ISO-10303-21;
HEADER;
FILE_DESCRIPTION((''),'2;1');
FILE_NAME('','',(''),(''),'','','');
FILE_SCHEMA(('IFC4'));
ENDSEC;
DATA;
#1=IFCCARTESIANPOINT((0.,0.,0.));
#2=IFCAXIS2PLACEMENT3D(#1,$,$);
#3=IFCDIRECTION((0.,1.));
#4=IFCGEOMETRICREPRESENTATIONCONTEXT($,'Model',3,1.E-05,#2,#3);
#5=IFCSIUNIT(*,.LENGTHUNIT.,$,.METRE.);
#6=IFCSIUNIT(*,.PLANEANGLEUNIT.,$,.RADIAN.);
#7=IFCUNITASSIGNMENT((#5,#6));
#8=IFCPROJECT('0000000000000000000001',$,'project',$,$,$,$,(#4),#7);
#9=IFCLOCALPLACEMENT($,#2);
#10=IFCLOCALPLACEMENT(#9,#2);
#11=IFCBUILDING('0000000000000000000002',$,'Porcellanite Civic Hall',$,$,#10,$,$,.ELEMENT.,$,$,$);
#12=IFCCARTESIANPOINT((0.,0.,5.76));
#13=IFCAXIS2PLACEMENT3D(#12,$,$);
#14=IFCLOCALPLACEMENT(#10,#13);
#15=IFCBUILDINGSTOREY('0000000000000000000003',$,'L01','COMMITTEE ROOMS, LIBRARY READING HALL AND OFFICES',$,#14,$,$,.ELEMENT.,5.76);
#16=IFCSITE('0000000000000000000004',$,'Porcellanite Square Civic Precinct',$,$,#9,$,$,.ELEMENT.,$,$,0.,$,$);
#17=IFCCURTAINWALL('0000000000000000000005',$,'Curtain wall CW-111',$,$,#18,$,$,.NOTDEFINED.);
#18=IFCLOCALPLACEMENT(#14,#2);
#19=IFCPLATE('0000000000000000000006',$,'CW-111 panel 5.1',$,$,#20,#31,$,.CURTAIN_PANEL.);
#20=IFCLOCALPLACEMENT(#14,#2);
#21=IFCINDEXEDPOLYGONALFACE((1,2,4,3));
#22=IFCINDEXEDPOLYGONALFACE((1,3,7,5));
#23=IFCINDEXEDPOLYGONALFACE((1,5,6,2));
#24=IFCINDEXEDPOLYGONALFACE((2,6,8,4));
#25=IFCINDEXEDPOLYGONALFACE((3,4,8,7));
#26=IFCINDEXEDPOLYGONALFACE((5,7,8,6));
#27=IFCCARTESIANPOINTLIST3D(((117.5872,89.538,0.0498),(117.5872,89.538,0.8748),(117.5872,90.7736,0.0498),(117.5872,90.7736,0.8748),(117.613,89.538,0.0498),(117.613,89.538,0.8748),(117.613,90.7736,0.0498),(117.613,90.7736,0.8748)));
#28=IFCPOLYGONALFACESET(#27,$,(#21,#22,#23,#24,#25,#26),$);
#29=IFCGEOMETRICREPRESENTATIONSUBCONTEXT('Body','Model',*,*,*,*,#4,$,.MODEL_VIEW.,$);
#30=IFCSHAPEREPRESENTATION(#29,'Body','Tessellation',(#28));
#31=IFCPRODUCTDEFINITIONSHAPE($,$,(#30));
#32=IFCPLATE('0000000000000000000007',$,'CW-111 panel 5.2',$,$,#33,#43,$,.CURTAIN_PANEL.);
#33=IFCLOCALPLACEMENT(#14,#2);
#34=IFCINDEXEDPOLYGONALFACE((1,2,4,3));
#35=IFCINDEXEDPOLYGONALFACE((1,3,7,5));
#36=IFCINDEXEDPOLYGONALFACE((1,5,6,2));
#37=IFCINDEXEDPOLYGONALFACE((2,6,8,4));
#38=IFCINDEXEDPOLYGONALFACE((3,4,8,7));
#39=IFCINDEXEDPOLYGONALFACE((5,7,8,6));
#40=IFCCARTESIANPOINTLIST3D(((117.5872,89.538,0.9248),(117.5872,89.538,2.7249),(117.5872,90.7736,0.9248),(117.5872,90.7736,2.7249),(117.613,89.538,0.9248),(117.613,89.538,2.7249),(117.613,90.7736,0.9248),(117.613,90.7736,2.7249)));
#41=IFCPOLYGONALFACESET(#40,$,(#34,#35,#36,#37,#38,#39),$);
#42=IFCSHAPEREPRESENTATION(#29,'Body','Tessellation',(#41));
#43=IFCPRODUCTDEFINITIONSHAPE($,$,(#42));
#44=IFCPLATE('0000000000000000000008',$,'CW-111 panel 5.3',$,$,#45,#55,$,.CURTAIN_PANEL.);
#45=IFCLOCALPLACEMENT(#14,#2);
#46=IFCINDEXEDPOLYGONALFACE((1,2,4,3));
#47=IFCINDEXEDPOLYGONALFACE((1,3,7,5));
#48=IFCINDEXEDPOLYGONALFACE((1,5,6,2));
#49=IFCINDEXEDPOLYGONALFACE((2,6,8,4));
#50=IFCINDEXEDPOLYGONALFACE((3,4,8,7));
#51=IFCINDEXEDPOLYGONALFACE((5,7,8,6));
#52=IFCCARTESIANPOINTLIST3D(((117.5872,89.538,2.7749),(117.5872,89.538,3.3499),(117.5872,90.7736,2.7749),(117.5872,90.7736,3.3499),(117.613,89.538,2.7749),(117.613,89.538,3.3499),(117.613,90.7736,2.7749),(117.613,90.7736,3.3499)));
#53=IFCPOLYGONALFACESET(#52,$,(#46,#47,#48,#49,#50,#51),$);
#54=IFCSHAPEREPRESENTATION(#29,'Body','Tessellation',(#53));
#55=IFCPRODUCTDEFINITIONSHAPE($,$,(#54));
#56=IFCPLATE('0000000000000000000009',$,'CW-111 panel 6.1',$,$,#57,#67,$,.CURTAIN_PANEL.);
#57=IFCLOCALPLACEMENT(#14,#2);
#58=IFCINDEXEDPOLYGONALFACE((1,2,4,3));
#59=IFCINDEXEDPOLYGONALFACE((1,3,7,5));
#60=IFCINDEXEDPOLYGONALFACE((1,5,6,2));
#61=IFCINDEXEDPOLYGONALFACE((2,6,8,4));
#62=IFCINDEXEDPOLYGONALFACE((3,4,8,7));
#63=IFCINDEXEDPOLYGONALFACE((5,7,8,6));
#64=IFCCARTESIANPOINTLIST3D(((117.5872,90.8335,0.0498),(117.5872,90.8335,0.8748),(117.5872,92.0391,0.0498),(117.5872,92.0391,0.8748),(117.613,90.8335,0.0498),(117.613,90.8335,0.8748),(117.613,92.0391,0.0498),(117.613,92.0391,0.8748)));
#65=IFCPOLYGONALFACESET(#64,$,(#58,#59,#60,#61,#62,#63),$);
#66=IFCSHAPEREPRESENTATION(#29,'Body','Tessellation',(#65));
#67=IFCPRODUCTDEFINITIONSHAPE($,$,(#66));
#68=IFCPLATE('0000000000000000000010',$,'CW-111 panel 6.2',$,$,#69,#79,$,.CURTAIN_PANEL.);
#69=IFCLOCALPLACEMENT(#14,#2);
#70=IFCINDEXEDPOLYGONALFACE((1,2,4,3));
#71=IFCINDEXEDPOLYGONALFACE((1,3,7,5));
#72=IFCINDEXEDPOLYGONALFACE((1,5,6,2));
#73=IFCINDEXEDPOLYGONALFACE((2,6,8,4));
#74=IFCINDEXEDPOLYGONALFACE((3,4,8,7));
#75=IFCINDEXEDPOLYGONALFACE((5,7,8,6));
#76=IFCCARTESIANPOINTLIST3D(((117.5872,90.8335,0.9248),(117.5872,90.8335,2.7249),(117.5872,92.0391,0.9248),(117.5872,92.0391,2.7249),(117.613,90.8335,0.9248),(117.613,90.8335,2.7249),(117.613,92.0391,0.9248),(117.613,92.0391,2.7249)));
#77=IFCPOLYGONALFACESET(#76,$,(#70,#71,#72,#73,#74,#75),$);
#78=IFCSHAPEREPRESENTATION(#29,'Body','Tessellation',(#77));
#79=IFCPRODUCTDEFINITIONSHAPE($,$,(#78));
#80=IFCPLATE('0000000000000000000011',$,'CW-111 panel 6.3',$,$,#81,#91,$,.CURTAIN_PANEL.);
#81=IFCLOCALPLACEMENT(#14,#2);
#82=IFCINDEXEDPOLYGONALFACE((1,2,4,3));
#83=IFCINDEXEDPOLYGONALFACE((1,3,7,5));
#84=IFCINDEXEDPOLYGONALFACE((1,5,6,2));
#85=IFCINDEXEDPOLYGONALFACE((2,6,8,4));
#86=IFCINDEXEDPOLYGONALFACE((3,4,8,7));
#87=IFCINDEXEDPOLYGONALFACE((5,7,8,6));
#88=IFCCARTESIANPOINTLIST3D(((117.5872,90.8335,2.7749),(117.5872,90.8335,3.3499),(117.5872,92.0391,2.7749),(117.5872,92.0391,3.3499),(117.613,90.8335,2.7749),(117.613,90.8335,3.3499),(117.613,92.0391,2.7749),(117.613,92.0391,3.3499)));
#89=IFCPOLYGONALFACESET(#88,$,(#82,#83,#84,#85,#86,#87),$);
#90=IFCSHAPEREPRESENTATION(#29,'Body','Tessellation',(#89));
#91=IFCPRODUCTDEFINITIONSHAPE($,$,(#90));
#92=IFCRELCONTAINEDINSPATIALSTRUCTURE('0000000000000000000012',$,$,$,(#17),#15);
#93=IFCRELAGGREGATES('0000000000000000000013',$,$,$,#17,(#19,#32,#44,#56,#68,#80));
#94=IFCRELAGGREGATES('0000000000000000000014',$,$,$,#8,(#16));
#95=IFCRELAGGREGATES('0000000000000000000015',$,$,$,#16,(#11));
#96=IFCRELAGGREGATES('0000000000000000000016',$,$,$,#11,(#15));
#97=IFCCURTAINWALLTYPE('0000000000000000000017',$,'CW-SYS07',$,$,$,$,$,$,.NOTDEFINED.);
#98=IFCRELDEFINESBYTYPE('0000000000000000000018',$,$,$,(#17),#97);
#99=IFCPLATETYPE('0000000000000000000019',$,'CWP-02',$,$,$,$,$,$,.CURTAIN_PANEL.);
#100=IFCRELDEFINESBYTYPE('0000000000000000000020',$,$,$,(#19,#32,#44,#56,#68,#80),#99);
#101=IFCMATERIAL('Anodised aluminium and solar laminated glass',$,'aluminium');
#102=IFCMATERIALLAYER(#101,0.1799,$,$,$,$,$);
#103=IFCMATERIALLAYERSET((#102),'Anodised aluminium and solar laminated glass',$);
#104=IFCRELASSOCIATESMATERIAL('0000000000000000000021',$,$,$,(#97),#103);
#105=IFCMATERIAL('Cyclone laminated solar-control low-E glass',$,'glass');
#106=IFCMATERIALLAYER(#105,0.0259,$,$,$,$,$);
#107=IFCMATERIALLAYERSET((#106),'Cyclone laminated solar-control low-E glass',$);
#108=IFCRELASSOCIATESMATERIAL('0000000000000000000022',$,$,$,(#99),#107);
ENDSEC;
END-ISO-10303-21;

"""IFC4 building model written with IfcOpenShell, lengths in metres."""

from ifc_helpers import new_model, si_unit, direction, frame, origin, origin_2d, place, context, subcontext, project, spatial, rectangle, extrude, material, layer, layer_set, type_object, element, aggregate, save


model = new_model("IFC4")

# Units and contexts
model_context = context("Model", 3, precision=1e-05, world=origin(), true_north=direction((0.0, 1.0)))
body_context = subcontext(model_context, "Body", "Model", "MODEL_VIEW")
ifc_project = project(units=[si_unit("LENGTHUNIT", "METRE"), si_unit("PLANEANGLEUNIT", "RADIAN")], contexts=[model_context])

# Site, building, storey
site_placement = place(None, origin())
site = spatial("IfcSite", under=ifc_project, at=site_placement, Name="Porcellanite Square Civic Precinct", CompositionType="ELEMENT", RefElevation=0.0)
building_placement = place(site_placement, origin())
building = spatial("IfcBuilding", under=site, at=building_placement, Name="Porcellanite Civic Hall", CompositionType="ELEMENT")
storey_placement = place(building_placement, frame((0.0, 0.0, 5.76)))
storey = spatial("IfcBuildingStorey", under=building, at=storey_placement, Name="L01", Description="COMMITTEE ROOMS, LIBRARY READING HALL AND OFFICES", CompositionType="ELEMENT", Elevation=5.76)

# Curtain wall, plates
ifc_material_1 = material(Name="Anodised aluminium and solar laminated glass", Category="aluminium")
ifc_layer_1 = layer(ifc_material_1, 0.1799)
ifc_layer_set_1 = layer_set([ifc_layer_1], Name="Anodised aluminium and solar laminated glass")
curtain_wall_type = type_object("IfcCurtainWallType", Name="CW-SYS07", PredefinedType="NOTDEFINED", material=ifc_layer_set_1)
curtain_wall_placement = place(storey_placement, origin())
curtain_wall = element("IfcCurtainWall", 1, at=curtain_wall_placement, inside=storey, type_object=curtain_wall_type, Name="Curtain wall CW-111", PredefinedType="NOTDEFINED")
ifc_material_2 = material(Name="Cyclone laminated solar-control low-E glass", Category="glass")
ifc_layer_2 = layer(ifc_material_2, 0.0259)
ifc_layer_set_2 = layer_set([ifc_layer_2], Name="Cyclone laminated solar-control low-E glass")
plate_type = type_object("IfcPlateType", Name="CWP-02", PredefinedType="CURTAIN_PANEL", material=ifc_layer_set_2)
plate_1_placement = place(storey_placement, frame((117.6001, 90.1558, 0.0498), z_axis=(0.0, 0.0, 1.0), x_axis=(0.0, 1.0, 0.0)))
plate_1 = element("IfcPlate", 2, at=plate_1_placement, type_object=plate_type, Name="CW-111 panel 5.1", PredefinedType="CURTAIN_PANEL", context=body_context, shape_type="SweptSolid", body=[
    extrude(rectangle(XDim=1.2356, YDim=0.0259, at=origin_2d()), origin(), (0.0, 0.0, 1.0), 0.825),
])
plate_2_placement = place(storey_placement, frame((117.6001, 90.1558, 0.9248), z_axis=(0.0, 0.0, 1.0), x_axis=(0.0, 1.0, 0.0)))
plate_2 = element("IfcPlate", 3, at=plate_2_placement, type_object=plate_type, Name="CW-111 panel 5.2", PredefinedType="CURTAIN_PANEL", context=body_context, shape_type="SweptSolid", body=[
    extrude(rectangle(XDim=1.2356, YDim=0.0259, at=origin_2d()), origin(), (0.0, 0.0, 1.0), 1.8),
])
plate_3_placement = place(storey_placement, frame((117.6001, 90.1558, 2.7749), z_axis=(0.0, 0.0, 1.0), x_axis=(0.0, 1.0, 0.0)))
plate_3 = element("IfcPlate", 4, at=plate_3_placement, type_object=plate_type, Name="CW-111 panel 5.3", PredefinedType="CURTAIN_PANEL", context=body_context, shape_type="SweptSolid", body=[
    extrude(rectangle(XDim=1.2356, YDim=0.0259, at=origin_2d()), origin(), (0.0, 0.0, 1.0), 0.575),
])
plate_4_placement = place(storey_placement, frame((117.6001, 91.4363, 0.0498), z_axis=(0.0, 0.0, 1.0), x_axis=(0.0, 1.0, 0.0)))
plate_4 = element("IfcPlate", 5, at=plate_4_placement, type_object=plate_type, Name="CW-111 panel 6.1", PredefinedType="CURTAIN_PANEL", context=body_context, shape_type="SweptSolid", body=[
    extrude(rectangle(XDim=1.2056, YDim=0.0259, at=origin_2d()), origin(), (0.0, 0.0, 1.0), 0.825),
])
plate_5_placement = place(storey_placement, frame((117.6001, 91.4363, 0.9248), z_axis=(0.0, 0.0, 1.0), x_axis=(0.0, 1.0, 0.0)))
plate_5 = element("IfcPlate", 6, at=plate_5_placement, type_object=plate_type, Name="CW-111 panel 6.2", PredefinedType="CURTAIN_PANEL", context=body_context, shape_type="SweptSolid", body=[
    extrude(rectangle(XDim=1.2056, YDim=0.0259, at=origin_2d()), origin(), (0.0, 0.0, 1.0), 1.8),
])
plate_6_placement = place(storey_placement, frame((117.6001, 91.4363, 2.7749), z_axis=(0.0, 0.0, 1.0), x_axis=(0.0, 1.0, 0.0)))
plate_6 = element("IfcPlate", 7, at=plate_6_placement, type_object=plate_type, Name="CW-111 panel 6.3", PredefinedType="CURTAIN_PANEL", context=body_context, shape_type="SweptSolid", body=[
    extrude(rectangle(XDim=1.2056, YDim=0.0259, at=origin_2d()), origin(), (0.0, 0.0, 1.0), 0.575),
])
aggregate(curtain_wall, [plate_1, plate_2, plate_3, plate_4, plate_5, plate_6])

save(model, "model.ifc")
